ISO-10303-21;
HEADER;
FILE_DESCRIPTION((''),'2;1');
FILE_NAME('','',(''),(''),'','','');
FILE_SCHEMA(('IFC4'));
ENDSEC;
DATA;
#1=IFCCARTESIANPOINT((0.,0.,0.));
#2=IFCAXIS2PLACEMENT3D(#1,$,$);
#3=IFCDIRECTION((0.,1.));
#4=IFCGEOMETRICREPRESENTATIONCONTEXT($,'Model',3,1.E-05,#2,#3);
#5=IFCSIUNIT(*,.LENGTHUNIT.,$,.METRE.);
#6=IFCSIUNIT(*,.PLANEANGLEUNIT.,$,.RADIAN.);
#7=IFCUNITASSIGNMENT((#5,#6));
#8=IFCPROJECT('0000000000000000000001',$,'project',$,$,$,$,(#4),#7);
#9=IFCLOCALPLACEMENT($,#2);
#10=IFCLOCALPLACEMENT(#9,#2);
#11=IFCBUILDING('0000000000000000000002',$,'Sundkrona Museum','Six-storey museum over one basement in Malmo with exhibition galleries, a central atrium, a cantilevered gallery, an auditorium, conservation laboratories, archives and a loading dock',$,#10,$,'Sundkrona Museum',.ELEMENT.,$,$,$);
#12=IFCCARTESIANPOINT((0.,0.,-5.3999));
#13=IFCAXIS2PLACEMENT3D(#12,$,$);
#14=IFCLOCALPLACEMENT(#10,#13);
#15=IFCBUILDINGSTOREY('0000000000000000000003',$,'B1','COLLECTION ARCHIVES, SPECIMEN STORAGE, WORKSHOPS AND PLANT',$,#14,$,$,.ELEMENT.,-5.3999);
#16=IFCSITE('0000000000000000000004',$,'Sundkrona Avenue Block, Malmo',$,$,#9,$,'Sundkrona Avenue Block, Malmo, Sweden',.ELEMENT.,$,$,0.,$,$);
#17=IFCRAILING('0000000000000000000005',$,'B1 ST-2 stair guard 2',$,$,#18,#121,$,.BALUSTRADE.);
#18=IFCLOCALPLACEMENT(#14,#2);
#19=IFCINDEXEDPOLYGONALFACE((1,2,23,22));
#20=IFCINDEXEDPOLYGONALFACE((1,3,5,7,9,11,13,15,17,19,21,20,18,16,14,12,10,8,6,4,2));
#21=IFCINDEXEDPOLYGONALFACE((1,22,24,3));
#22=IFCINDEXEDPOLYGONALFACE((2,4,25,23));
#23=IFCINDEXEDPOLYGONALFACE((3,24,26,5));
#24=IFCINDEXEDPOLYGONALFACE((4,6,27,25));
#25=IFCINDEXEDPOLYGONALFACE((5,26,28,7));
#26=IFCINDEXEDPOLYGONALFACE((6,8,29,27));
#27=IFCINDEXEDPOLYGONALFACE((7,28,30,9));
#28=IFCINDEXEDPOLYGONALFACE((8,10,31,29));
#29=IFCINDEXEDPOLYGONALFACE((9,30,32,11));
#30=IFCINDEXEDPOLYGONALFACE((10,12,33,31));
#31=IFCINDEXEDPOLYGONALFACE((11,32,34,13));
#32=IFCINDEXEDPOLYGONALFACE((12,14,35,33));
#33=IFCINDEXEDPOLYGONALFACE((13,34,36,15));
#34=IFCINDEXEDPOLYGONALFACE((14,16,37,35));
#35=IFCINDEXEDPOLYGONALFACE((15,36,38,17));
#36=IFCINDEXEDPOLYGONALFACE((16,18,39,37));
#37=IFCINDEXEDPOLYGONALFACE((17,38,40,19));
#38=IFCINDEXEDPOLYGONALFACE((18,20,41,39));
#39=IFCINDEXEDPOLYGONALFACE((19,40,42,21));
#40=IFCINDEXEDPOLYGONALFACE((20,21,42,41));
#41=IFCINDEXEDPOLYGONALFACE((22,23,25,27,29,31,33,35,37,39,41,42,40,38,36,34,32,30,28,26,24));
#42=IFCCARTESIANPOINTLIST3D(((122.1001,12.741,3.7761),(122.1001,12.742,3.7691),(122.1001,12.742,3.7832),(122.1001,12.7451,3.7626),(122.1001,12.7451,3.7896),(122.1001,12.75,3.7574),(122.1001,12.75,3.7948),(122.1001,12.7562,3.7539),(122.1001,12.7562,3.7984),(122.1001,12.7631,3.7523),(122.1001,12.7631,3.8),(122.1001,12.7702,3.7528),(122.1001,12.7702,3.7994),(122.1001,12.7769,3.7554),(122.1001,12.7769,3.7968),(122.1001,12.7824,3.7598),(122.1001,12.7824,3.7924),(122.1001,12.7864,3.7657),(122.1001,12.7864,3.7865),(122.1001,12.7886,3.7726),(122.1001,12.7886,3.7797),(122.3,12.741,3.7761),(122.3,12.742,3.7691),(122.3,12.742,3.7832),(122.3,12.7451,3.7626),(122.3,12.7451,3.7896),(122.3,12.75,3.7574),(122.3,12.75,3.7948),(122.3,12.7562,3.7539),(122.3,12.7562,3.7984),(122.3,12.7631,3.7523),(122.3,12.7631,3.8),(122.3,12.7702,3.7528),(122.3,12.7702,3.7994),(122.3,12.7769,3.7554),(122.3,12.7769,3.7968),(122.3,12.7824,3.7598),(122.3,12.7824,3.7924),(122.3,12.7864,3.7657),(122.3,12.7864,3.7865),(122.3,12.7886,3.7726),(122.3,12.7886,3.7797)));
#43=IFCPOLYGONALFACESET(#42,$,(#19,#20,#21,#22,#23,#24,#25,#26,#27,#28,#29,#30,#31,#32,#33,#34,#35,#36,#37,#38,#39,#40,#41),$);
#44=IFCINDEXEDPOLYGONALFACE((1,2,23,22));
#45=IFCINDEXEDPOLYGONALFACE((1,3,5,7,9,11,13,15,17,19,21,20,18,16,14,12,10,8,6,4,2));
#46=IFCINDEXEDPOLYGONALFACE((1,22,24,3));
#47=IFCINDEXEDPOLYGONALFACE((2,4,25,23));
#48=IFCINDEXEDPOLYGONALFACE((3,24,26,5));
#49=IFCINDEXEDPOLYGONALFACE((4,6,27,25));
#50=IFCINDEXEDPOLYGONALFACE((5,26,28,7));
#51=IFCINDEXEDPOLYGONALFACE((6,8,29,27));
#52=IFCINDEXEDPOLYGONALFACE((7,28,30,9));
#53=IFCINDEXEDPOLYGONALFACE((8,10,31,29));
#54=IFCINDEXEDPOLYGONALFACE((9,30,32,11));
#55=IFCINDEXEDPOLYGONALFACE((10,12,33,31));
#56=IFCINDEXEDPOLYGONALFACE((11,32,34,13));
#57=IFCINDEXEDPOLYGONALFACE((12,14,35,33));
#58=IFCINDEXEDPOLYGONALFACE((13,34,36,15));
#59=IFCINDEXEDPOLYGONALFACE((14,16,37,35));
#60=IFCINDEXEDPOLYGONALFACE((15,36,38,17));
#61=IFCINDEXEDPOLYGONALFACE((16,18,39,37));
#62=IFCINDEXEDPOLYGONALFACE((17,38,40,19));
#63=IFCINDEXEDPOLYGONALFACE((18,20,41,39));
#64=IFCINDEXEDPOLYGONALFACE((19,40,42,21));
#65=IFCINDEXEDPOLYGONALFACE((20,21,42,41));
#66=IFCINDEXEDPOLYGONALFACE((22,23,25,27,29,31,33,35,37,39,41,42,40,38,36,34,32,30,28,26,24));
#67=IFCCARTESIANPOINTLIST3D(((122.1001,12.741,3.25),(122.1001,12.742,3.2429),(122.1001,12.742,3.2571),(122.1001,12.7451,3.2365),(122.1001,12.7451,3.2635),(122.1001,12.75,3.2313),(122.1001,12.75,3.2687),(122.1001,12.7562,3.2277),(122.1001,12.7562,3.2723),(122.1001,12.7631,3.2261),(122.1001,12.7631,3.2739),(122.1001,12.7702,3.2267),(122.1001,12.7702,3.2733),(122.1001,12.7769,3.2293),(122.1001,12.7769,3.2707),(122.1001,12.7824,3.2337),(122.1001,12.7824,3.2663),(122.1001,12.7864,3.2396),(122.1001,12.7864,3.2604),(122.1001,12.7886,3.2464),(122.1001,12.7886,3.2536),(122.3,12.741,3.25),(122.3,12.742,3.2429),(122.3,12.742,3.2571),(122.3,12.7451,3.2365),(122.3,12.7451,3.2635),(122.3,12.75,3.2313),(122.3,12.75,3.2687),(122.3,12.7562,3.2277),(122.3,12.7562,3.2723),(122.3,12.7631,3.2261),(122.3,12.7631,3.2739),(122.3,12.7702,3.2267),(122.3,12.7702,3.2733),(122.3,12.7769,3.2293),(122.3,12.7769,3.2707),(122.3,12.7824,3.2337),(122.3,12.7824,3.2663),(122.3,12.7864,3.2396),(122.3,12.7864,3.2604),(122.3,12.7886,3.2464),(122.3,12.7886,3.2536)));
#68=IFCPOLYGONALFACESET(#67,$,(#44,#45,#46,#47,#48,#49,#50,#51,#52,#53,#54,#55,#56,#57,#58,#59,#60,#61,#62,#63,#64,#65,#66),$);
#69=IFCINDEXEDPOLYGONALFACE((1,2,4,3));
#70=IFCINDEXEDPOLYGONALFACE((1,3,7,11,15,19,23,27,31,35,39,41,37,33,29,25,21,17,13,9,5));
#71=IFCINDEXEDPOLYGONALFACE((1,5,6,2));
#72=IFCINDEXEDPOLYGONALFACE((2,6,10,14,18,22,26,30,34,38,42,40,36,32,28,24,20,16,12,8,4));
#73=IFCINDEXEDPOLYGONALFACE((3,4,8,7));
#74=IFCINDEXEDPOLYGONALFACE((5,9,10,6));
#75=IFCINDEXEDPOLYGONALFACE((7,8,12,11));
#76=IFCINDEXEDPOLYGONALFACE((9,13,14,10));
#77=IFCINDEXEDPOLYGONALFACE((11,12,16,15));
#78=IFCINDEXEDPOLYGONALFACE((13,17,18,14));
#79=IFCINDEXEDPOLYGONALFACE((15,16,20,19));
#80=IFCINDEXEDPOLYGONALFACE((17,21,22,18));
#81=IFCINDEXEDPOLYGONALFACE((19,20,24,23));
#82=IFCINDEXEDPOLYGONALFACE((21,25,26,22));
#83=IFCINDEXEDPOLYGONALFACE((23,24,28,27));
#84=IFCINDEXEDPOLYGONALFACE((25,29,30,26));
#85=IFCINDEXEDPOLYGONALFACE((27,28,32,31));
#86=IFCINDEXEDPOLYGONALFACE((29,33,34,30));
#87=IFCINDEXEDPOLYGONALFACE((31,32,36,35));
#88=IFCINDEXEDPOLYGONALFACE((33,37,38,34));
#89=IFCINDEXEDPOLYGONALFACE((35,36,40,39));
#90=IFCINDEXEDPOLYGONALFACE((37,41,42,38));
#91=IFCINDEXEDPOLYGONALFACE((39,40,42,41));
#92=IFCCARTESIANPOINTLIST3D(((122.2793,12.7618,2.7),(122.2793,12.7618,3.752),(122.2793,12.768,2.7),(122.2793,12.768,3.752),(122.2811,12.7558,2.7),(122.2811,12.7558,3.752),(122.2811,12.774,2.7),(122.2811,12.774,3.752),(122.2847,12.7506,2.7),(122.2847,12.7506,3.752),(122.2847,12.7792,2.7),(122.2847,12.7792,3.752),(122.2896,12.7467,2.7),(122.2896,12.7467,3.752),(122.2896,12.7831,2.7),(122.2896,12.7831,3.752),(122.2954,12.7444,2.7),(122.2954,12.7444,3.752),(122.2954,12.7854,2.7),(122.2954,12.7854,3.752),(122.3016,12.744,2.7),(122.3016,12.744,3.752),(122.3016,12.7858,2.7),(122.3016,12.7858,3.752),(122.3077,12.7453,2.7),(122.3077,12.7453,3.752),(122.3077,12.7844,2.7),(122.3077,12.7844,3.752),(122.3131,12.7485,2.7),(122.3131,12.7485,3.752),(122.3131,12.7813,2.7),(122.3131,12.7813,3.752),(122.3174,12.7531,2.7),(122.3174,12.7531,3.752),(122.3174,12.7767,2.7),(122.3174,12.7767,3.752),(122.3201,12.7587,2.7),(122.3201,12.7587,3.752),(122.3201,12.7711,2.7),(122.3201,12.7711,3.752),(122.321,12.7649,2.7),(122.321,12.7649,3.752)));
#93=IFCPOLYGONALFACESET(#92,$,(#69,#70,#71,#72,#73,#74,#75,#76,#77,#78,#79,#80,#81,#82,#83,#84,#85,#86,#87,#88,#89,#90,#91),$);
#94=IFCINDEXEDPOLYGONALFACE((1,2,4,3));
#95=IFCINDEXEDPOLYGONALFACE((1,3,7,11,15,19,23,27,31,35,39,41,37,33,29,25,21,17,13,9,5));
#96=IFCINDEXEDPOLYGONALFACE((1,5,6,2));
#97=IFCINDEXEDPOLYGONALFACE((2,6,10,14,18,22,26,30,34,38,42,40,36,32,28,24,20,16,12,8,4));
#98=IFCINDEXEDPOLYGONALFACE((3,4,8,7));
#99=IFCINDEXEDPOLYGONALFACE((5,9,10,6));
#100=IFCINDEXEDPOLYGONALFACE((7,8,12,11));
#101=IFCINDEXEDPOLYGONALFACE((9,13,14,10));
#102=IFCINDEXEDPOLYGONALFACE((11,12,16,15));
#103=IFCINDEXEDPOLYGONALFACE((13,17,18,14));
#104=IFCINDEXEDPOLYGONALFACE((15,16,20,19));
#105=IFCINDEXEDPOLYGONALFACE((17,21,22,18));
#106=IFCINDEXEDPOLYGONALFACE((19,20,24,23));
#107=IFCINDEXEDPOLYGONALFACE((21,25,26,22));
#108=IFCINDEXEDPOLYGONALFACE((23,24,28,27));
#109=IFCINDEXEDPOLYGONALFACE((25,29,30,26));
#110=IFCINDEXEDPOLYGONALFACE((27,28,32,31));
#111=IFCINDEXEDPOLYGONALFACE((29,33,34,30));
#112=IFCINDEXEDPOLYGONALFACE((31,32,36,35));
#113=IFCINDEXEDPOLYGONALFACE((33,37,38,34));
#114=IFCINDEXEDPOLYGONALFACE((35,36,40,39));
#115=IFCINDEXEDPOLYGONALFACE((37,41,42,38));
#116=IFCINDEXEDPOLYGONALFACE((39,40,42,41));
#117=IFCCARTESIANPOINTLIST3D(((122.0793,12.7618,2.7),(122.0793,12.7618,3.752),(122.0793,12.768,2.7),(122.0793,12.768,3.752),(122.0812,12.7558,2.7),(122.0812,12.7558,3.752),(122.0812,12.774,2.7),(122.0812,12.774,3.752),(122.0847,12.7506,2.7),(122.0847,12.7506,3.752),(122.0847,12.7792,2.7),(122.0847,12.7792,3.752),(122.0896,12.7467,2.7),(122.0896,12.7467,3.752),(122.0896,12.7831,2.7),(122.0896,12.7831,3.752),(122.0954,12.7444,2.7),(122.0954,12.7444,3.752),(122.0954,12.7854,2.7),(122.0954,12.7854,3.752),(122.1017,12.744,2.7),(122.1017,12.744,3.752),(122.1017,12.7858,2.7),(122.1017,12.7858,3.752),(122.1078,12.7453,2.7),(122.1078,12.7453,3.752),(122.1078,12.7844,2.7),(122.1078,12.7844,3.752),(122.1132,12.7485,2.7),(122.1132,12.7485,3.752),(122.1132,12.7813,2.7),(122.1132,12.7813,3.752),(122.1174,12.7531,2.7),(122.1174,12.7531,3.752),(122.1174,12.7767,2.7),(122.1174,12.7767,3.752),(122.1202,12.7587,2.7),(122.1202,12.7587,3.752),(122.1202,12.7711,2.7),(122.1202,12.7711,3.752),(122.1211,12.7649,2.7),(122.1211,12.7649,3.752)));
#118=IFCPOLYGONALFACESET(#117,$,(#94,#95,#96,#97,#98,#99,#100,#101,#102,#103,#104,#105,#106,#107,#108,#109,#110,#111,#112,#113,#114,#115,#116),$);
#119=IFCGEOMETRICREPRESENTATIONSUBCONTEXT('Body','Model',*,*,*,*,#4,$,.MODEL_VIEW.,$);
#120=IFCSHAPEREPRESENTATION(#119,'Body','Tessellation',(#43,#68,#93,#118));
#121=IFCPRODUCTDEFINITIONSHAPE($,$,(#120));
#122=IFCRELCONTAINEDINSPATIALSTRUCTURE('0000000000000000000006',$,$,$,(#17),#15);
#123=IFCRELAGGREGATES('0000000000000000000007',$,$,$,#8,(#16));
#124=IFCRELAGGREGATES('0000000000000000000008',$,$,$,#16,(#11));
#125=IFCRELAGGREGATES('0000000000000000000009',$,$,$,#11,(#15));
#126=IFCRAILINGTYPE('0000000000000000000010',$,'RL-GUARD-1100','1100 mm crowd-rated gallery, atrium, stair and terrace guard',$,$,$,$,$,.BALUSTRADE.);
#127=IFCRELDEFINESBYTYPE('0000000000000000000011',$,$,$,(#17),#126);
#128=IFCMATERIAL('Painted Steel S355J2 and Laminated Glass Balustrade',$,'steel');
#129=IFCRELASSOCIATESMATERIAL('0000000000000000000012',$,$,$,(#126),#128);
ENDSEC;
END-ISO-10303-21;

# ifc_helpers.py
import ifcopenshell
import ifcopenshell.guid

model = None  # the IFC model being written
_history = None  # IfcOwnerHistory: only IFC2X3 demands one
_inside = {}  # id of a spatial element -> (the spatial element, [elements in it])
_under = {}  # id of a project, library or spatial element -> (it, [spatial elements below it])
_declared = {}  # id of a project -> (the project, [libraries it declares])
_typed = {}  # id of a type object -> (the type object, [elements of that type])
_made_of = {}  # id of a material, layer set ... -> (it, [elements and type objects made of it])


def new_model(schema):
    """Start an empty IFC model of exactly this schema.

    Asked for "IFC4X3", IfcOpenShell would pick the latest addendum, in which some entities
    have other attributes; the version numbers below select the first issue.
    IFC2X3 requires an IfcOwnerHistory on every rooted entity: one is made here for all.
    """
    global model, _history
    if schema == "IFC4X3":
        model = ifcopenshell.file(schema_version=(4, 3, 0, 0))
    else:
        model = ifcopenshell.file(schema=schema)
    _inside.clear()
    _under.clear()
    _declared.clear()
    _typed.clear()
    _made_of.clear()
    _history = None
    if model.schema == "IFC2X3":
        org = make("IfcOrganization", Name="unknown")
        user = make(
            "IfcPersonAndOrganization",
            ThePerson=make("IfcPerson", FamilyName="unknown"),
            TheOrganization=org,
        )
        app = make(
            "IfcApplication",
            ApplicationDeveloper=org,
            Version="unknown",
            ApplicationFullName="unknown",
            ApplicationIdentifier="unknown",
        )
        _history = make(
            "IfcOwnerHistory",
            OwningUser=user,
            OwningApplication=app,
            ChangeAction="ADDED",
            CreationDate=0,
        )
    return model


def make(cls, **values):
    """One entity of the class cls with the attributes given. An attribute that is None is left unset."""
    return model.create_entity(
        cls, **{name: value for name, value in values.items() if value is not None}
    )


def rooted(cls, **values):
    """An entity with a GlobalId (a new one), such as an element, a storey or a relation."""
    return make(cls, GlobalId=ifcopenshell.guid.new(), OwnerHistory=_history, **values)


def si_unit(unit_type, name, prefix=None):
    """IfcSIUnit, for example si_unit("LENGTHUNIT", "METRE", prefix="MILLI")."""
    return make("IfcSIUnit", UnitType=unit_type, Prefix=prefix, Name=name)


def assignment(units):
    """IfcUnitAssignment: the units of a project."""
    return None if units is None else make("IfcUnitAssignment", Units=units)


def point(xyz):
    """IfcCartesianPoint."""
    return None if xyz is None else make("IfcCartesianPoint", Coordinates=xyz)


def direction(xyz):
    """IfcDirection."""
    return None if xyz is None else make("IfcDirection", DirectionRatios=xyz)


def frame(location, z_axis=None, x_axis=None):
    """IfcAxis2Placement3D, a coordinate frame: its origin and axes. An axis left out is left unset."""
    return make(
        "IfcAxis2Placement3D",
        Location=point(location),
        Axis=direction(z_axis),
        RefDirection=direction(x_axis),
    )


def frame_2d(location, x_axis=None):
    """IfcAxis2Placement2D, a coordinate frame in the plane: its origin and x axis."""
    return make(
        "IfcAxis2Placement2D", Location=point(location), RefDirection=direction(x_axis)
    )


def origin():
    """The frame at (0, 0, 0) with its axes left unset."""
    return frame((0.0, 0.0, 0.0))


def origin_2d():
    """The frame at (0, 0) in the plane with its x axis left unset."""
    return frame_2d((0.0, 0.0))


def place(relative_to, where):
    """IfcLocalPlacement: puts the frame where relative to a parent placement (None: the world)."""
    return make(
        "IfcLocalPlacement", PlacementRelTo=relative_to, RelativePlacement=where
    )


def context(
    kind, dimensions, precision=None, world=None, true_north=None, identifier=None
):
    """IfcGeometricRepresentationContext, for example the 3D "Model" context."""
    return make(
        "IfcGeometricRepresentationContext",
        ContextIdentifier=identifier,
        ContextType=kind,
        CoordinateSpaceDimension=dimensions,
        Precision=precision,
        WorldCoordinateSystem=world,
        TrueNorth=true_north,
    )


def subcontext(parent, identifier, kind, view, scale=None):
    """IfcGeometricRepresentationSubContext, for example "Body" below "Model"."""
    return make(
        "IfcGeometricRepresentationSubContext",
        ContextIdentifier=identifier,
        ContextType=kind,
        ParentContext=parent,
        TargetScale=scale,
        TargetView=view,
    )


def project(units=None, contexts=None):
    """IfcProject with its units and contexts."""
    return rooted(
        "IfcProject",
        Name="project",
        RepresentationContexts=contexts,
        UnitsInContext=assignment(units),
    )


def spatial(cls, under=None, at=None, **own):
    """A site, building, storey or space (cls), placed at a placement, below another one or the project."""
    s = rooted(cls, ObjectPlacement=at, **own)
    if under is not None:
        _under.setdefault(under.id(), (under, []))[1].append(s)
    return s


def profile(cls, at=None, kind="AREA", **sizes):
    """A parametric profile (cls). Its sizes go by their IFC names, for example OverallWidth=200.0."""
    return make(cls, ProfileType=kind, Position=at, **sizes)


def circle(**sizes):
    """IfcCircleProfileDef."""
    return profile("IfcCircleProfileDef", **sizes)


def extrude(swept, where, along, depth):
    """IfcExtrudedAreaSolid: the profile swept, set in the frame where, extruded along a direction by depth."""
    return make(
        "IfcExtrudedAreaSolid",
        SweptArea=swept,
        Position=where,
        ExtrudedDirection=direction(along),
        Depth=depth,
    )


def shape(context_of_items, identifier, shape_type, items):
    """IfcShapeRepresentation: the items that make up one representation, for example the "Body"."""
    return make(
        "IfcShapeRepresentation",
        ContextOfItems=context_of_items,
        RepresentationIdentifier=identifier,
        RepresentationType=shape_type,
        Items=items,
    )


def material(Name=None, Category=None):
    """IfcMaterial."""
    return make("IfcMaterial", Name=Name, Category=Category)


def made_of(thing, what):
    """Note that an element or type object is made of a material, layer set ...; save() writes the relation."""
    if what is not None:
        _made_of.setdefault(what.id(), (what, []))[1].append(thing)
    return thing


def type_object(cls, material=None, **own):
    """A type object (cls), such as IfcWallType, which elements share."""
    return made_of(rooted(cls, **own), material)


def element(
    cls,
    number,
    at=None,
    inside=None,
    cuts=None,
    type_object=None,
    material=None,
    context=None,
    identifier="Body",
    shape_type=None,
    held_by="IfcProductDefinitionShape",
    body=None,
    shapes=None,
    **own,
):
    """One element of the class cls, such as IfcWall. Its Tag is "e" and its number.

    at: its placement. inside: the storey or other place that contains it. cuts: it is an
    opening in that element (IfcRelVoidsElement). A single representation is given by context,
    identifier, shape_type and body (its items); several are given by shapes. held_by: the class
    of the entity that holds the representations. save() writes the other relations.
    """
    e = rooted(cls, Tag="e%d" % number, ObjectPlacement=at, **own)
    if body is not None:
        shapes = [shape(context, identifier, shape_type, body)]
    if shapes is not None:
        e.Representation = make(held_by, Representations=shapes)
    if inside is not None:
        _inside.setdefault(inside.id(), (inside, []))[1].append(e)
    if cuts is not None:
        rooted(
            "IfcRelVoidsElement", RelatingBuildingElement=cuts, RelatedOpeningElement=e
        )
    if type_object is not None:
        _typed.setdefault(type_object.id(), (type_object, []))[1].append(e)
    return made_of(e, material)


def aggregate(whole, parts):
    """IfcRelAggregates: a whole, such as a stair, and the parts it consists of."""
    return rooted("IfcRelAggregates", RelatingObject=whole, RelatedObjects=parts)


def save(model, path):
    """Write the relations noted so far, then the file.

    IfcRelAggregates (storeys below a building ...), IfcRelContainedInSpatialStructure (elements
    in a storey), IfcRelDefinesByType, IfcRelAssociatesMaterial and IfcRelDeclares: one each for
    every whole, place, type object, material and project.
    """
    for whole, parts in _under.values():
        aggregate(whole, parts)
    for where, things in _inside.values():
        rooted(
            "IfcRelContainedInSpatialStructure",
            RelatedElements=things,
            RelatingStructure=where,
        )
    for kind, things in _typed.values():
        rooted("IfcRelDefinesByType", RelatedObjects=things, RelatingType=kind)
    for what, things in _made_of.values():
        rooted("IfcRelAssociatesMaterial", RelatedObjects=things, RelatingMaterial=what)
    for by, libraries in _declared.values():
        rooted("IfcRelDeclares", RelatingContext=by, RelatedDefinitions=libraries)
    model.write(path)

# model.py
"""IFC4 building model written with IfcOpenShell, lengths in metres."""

from ifc_helpers import new_model, si_unit, direction, frame, origin, origin_2d, place, context, subcontext, project, spatial, circle, extrude, material, type_object, element, save


model = new_model("IFC4")

# Units and contexts
model_context = context("Model", 3, precision=1e-05, world=origin(), true_north=direction((0.0, 1.0)))
body_context = subcontext(model_context, "Body", "Model", "MODEL_VIEW")
ifc_project = project(units=[si_unit("LENGTHUNIT", "METRE"), si_unit("PLANEANGLEUNIT", "RADIAN")], contexts=[model_context])

# Site, building, storey
site_placement = place(None, origin())
site = spatial("IfcSite", under=ifc_project, at=site_placement, Name="Sundkrona Avenue Block, Malmo", LongName="Sundkrona Avenue Block, Malmo, Sweden", CompositionType="ELEMENT", RefElevation=0.0)
building_placement = place(site_placement, origin())
building = spatial("IfcBuilding", under=site, at=building_placement, Name="Sundkrona Museum", Description="Six-storey museum over one basement in Malmo with exhibition galleries, a central atrium, a cantilevered gallery, an auditorium, conservation laboratories, archives and a loading dock", LongName="Sundkrona Museum", CompositionType="ELEMENT")
storey_placement = place(building_placement, frame((0.0, 0.0, -5.3999)))
storey = spatial("IfcBuildingStorey", under=building, at=storey_placement, Name="B1", Description="COLLECTION ARCHIVES, SPECIMEN STORAGE, WORKSHOPS AND PLANT", CompositionType="ELEMENT", Elevation=-5.3999)

# Railing
ifc_material_1 = material(Name="Painted Steel S355J2 and Laminated Glass Balustrade", Category="steel")
railing_type = type_object("IfcRailingType", Name="RL-GUARD-1100", Description="1100 mm crowd-rated gallery, atrium, stair and terrace guard", PredefinedType="BALUSTRADE", material=ifc_material_1)
railing_placement = place(storey_placement, frame((122.3, 12.7649, 2.7)))
element("IfcRailing", 1, at=railing_placement, inside=storey, type_object=railing_type, Name="B1 ST-2 stair guard 2", PredefinedType="BALUSTRADE", context=body_context, shape_type="SweptSolid", body=[
    extrude(circle(Radius=0.0239, at=origin_2d()), frame((0.0, 0.0, 1.0762), z_axis=(-1.0, 0.0, 0.0), x_axis=(0.0, -1.0, 0.0)), (0.0, 0.0, 1.0), 0.2),
    extrude(circle(Radius=0.0239, at=origin_2d()), frame((0.0, 0.0, 0.55), z_axis=(-1.0, 0.0, 0.0), x_axis=(0.0, -1.0, 0.0)), (0.0, 0.0, 1.0), 0.2),
    extrude(circle(Radius=0.021, at=origin_2d()), origin(), (0.0, 0.0, 1.0), 1.052),
    extrude(circle(Radius=0.021, at=origin_2d()), frame((-0.2, 0.0, 0.0)), (0.0, 0.0, 1.0), 1.052),
])

save(model, "model.ifc")
